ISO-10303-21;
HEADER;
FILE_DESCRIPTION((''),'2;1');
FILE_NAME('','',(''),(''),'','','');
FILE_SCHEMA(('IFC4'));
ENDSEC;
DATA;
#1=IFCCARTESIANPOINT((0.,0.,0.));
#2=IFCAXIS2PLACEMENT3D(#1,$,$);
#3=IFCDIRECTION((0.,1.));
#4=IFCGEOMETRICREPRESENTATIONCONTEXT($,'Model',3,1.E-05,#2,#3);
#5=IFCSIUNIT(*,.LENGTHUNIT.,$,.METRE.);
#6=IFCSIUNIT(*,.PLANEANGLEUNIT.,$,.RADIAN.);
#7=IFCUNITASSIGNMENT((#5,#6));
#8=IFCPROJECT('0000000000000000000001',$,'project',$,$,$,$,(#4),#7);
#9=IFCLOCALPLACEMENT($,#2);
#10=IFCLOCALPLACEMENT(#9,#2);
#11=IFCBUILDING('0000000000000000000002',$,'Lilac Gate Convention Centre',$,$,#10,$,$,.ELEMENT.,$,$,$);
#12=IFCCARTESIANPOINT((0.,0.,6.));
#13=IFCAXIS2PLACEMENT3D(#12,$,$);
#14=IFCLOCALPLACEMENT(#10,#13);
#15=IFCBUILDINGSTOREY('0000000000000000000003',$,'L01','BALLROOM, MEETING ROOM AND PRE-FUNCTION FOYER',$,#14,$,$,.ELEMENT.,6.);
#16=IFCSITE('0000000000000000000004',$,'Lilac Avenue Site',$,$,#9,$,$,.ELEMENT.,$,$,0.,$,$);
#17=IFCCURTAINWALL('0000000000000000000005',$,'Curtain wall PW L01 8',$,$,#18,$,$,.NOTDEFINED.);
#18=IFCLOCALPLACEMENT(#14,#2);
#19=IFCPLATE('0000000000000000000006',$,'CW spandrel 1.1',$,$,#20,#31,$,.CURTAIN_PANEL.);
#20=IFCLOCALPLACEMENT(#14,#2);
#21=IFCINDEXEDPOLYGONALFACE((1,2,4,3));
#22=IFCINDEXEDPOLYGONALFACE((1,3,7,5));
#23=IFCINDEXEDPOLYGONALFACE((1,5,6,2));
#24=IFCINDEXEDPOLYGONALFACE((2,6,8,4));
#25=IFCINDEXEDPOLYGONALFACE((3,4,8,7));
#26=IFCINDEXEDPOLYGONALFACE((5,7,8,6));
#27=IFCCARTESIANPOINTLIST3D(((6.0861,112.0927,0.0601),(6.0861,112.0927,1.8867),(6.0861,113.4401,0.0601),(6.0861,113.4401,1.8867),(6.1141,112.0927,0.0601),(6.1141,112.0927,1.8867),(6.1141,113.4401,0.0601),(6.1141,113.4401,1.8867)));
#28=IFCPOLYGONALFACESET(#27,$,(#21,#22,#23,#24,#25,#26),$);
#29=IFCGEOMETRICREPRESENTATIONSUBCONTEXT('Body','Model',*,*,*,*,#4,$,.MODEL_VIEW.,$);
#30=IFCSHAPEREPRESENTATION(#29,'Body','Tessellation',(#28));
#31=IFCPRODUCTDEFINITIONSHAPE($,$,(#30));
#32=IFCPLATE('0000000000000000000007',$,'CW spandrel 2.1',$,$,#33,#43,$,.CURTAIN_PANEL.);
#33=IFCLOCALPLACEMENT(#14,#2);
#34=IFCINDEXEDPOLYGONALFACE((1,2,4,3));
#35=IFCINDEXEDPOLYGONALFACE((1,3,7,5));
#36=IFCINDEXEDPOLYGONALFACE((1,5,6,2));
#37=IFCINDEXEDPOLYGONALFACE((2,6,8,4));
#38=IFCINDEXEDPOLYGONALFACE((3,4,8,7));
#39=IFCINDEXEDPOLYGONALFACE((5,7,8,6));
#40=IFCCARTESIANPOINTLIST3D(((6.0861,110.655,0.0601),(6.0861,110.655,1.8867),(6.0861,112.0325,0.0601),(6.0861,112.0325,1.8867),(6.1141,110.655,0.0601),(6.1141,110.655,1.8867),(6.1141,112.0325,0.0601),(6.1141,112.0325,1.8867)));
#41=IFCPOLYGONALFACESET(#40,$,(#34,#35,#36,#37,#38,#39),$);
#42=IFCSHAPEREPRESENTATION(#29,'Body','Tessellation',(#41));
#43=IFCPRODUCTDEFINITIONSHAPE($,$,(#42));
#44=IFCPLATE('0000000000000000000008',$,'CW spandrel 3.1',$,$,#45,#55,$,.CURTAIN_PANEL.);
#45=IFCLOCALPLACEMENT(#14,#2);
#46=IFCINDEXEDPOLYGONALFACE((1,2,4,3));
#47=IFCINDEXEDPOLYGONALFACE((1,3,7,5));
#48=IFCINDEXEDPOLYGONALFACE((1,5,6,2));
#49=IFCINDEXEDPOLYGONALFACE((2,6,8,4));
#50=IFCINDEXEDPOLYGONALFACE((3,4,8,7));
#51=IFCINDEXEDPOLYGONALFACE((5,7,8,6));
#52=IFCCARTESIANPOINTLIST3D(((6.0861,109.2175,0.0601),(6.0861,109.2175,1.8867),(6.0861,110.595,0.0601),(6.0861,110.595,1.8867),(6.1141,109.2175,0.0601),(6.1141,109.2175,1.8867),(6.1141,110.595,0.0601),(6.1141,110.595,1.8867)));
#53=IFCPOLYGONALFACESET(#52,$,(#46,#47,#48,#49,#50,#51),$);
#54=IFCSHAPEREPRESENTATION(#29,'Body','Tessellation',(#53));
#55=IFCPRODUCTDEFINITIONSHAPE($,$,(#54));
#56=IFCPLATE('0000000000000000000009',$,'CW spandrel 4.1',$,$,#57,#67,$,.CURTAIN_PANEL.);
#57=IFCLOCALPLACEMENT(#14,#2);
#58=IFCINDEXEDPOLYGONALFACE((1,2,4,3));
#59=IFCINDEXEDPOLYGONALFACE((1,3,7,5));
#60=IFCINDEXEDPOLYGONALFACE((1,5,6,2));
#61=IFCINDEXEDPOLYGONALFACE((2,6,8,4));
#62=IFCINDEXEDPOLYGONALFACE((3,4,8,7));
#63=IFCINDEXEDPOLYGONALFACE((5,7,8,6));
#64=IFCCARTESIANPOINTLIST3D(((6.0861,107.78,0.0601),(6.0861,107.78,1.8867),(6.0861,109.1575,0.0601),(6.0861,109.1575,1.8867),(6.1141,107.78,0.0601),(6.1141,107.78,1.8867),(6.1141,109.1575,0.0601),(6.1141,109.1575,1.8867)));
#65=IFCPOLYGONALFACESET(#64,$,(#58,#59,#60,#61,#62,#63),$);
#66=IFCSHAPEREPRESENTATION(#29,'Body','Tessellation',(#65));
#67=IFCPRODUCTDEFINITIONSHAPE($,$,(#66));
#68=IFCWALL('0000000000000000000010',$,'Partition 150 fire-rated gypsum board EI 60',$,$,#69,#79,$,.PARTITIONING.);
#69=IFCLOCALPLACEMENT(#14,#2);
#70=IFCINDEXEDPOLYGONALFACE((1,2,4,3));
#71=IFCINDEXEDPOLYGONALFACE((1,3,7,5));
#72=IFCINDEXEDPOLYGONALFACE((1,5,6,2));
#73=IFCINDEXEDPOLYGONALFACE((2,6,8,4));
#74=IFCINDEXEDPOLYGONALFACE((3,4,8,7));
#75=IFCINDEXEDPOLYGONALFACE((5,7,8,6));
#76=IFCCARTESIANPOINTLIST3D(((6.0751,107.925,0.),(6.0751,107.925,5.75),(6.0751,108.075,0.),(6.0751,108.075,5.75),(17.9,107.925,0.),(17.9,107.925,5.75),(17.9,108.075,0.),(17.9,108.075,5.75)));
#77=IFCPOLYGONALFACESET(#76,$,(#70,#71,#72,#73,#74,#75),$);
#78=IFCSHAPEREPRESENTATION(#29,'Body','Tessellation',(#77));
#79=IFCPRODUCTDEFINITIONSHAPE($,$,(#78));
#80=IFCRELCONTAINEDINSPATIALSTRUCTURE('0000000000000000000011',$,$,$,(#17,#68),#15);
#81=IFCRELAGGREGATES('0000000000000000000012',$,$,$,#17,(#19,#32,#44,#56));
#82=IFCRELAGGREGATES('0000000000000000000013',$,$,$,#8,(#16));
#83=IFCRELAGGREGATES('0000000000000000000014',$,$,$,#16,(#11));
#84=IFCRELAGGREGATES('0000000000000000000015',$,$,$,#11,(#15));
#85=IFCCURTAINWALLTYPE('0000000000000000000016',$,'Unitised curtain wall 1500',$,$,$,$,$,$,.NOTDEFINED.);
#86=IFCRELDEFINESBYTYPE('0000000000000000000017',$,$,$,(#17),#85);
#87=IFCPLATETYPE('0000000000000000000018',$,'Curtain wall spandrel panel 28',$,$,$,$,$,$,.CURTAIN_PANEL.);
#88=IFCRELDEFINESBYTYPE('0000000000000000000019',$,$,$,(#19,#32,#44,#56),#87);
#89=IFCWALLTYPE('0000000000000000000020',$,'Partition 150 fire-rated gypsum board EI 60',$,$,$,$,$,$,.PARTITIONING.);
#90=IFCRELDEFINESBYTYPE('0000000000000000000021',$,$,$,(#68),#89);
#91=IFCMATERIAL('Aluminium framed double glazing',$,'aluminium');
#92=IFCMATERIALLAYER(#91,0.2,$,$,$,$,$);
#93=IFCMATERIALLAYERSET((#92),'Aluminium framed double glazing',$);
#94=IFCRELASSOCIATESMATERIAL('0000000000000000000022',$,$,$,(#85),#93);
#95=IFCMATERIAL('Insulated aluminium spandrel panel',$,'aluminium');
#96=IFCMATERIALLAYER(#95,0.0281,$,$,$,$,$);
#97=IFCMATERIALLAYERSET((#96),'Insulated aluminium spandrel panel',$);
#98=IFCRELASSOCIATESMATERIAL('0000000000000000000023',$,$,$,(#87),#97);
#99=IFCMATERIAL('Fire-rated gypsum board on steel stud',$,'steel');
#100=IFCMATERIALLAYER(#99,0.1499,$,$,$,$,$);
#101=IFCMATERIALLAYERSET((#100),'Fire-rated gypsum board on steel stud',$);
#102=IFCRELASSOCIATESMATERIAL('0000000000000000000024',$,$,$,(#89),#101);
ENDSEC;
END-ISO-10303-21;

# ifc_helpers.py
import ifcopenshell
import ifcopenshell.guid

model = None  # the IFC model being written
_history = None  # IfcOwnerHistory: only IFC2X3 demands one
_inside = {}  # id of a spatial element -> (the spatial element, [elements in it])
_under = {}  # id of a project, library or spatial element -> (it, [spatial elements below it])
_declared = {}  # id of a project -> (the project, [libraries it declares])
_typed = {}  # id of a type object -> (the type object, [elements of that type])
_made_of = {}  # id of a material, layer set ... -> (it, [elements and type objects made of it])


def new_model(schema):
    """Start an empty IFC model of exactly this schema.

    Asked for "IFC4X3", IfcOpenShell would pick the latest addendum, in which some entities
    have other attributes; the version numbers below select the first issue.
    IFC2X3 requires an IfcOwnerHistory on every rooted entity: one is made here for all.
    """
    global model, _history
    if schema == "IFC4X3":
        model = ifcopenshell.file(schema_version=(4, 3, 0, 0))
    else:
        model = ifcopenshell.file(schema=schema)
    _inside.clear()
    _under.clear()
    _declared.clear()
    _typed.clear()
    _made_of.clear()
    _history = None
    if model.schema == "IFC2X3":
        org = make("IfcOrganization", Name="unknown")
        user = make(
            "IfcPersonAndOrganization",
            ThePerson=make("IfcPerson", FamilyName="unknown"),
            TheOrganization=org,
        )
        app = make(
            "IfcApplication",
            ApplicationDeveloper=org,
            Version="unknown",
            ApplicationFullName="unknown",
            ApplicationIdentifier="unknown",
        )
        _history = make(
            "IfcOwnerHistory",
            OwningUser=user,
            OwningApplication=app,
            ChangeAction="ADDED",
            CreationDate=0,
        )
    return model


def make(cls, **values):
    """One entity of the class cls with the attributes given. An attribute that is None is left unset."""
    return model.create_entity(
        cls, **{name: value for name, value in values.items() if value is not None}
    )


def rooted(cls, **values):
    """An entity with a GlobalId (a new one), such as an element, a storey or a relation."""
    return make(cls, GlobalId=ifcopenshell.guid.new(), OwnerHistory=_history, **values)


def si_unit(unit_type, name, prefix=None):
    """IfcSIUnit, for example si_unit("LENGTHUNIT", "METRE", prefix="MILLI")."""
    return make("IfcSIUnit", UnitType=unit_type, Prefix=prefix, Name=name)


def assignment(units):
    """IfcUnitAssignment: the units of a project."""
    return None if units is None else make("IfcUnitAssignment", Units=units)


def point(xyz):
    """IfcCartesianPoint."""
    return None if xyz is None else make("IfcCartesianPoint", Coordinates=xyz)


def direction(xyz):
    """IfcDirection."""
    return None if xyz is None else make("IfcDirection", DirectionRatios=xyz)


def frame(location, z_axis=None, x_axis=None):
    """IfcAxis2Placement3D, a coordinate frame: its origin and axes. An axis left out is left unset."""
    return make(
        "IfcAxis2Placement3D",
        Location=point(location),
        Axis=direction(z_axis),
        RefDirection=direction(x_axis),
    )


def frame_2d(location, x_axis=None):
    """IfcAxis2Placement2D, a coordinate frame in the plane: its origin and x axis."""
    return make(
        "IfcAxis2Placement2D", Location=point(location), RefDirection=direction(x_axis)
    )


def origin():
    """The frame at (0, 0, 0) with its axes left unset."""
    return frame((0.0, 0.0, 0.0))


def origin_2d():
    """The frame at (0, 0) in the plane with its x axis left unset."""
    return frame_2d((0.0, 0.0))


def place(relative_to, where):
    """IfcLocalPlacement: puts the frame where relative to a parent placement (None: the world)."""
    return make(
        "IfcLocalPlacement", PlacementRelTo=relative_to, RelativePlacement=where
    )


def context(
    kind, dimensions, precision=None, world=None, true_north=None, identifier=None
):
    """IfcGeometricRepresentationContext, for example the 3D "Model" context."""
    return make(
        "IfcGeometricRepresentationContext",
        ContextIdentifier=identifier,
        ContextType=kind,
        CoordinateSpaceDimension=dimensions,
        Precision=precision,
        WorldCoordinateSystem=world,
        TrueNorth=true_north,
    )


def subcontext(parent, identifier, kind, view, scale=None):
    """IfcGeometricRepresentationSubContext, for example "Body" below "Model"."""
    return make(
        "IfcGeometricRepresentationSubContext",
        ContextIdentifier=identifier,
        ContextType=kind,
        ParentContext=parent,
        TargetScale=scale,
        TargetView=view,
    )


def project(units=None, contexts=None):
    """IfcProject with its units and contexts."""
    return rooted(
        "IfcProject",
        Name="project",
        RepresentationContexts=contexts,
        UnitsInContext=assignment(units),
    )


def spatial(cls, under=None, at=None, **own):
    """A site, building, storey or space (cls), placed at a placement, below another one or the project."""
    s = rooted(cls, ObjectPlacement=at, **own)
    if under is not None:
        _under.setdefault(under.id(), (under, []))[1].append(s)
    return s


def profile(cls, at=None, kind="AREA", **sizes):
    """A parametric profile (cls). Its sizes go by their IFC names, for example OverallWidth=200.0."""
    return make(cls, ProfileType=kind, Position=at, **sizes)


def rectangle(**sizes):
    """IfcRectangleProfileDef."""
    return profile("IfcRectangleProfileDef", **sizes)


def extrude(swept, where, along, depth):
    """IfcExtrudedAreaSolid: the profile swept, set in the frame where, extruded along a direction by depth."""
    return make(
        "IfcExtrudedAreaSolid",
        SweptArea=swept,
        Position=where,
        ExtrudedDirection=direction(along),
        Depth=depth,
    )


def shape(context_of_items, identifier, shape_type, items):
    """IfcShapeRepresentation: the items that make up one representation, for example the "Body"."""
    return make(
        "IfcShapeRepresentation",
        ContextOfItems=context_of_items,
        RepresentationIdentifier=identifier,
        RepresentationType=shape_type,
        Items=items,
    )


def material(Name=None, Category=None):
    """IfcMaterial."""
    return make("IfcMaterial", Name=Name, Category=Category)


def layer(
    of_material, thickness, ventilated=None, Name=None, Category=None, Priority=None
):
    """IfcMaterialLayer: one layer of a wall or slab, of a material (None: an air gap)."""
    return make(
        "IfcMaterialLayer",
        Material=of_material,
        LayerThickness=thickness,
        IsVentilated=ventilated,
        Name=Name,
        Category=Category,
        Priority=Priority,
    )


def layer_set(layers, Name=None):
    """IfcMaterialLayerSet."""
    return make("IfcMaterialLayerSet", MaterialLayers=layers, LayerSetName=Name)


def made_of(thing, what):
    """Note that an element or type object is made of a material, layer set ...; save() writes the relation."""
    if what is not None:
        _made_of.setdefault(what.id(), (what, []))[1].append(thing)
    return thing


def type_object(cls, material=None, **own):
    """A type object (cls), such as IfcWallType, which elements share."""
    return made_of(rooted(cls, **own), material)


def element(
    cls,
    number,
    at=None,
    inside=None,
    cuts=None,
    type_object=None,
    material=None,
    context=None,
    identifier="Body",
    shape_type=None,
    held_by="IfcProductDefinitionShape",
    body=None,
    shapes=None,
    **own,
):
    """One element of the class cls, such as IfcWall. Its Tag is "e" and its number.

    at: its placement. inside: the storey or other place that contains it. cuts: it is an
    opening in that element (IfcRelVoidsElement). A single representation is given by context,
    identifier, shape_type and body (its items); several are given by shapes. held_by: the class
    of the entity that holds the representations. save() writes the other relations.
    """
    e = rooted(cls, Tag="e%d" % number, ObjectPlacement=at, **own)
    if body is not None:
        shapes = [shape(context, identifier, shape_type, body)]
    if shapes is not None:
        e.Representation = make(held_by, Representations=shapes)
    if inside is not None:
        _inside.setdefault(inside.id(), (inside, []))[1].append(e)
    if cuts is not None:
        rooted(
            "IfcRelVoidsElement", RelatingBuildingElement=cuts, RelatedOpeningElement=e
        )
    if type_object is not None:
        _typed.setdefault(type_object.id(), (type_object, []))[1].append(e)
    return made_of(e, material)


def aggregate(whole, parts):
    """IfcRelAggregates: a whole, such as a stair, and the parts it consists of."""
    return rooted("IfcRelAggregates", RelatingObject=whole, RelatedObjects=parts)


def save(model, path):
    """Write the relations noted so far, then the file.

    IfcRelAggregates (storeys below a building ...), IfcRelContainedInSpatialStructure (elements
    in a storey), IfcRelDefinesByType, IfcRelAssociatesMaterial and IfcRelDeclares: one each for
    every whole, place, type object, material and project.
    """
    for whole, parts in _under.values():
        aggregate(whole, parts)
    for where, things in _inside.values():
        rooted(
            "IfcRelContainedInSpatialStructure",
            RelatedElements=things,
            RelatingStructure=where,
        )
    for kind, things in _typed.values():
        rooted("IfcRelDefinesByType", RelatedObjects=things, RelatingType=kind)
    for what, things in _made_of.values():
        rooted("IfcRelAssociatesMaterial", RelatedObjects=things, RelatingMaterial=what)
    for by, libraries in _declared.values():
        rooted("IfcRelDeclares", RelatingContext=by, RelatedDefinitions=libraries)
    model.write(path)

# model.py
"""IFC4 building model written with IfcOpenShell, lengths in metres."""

from ifc_helpers import new_model, si_unit, direction, frame, frame_2d, origin, origin_2d, place, context, subcontext, project, spatial, rectangle, extrude, material, layer, layer_set, type_object, element, aggregate, save


model = new_model("IFC4")

# Units and contexts
model_context = context("Model", 3, precision=1e-05, world=origin(), true_north=direction((0.0, 1.0)))
body_context = subcontext(model_context, "Body", "Model", "MODEL_VIEW")
ifc_project = project(units=[si_unit("LENGTHUNIT", "METRE"), si_unit("PLANEANGLEUNIT", "RADIAN")], contexts=[model_context])

# Site, building, storey
site_placement = place(None, origin())
site = spatial("IfcSite", under=ifc_project, at=site_placement, Name="Lilac Avenue Site", CompositionType="ELEMENT", RefElevation=0.0)
building_placement = place(site_placement, origin())
building = spatial("IfcBuilding", under=site, at=building_placement, Name="Lilac Gate Convention Centre", CompositionType="ELEMENT")
storey_placement = place(building_placement, frame((0.0, 0.0, 6.0)))
storey = spatial("IfcBuildingStorey", under=building, at=storey_placement, Name="L01", Description="BALLROOM, MEETING ROOM AND PRE-FUNCTION FOYER", CompositionType="ELEMENT", Elevation=6.0)

# Curtain wall, plates
ifc_material_1 = material(Name="Aluminium framed double glazing", Category="aluminium")
ifc_layer_1 = layer(ifc_material_1, 0.2)
ifc_layer_set_1 = layer_set([ifc_layer_1], Name="Aluminium framed double glazing")
curtain_wall_type = type_object("IfcCurtainWallType", Name="Unitised curtain wall 1500", PredefinedType="NOTDEFINED", material=ifc_layer_set_1)
curtain_wall_placement = place(storey_placement, origin())
curtain_wall = element("IfcCurtainWall", 1, at=curtain_wall_placement, inside=storey, type_object=curtain_wall_type, Name="Curtain wall PW L01 8", PredefinedType="NOTDEFINED")
ifc_material_2 = material(Name="Insulated aluminium spandrel panel", Category="aluminium")
ifc_layer_2 = layer(ifc_material_2, 0.0281)
ifc_layer_set_2 = layer_set([ifc_layer_2], Name="Insulated aluminium spandrel panel")
plate_type_1 = type_object("IfcPlateType", Name="Curtain wall spandrel panel 28", PredefinedType="CURTAIN_PANEL", material=ifc_layer_set_2)
plate_1_placement = place(storey_placement, frame((6.1001, 112.7664, 0.0601), z_axis=(0.0, 0.0, 1.0), x_axis=(0.0, -1.0, 0.0)))
plate_1 = element("IfcPlate", 2, at=plate_1_placement, type_object=plate_type_1, Name="CW spandrel 1.1", PredefinedType="CURTAIN_PANEL", context=body_context, shape_type="SweptSolid", body=[
    extrude(rectangle(XDim=1.3474, YDim=0.0281, at=origin_2d()), origin(), (0.0, 0.0, 1.0), 1.8267),
])
plate_2_placement = place(storey_placement, frame((6.1001, 111.3438, 0.0601), z_axis=(0.0, 0.0, 1.0), x_axis=(0.0, -1.0, 0.0)))
plate_2 = element("IfcPlate", 3, at=plate_2_placement, type_object=plate_type_1, Name="CW spandrel 2.1", PredefinedType="CURTAIN_PANEL", context=body_context, shape_type="SweptSolid", body=[
    extrude(rectangle(XDim=1.3774, YDim=0.0281, at=origin_2d()), origin(), (0.0, 0.0, 1.0), 1.8267),
])
plate_3_placement = place(storey_placement, frame((6.1001, 109.9062, 0.0601), z_axis=(0.0, 0.0, 1.0), x_axis=(0.0, -1.0, 0.0)))
plate_3 = element("IfcPlate", 4, at=plate_3_placement, type_object=plate_type_1, Name="CW spandrel 3.1", PredefinedType="CURTAIN_PANEL", context=body_context, shape_type="SweptSolid", body=[
    extrude(rectangle(XDim=1.3774, YDim=0.0281, at=origin_2d()), origin(), (0.0, 0.0, 1.0), 1.8267),
])
plate_4_placement = place(storey_placement, frame((6.1001, 108.4688, 0.0601), z_axis=(0.0, 0.0, 1.0), x_axis=(0.0, -1.0, 0.0)))
plate_4 = element("IfcPlate", 5, at=plate_4_placement, type_object=plate_type_1, Name="CW spandrel 4.1", PredefinedType="CURTAIN_PANEL", context=body_context, shape_type="SweptSolid", body=[
    extrude(rectangle(XDim=1.3774, YDim=0.0281, at=origin_2d()), origin(), (0.0, 0.0, 1.0), 1.8267),
])
aggregate(curtain_wall, [plate_1, plate_2, plate_3, plate_4])

# Wall
ifc_material_3 = material(Name="Fire-rated gypsum board on steel stud", Category="steel")
ifc_layer_3 = layer(ifc_material_3, 0.1499)
ifc_layer_set_3 = layer_set([ifc_layer_3], Name="Fire-rated gypsum board on steel stud")
wall_type = type_object("IfcWallType", Name="Partition 150 fire-rated gypsum board EI 60", PredefinedType="PARTITIONING", material=ifc_layer_set_3)
wall_placement = place(storey_placement, frame((6.075, 108.0, 0.0), z_axis=(0.0, 0.0, 1.0), x_axis=(1.0, 0.0, 0.0)))
element("IfcWall", 6, at=wall_placement, inside=storey, type_object=wall_type, Name="Partition 150 fire-rated gypsum board EI 60", PredefinedType="PARTITIONING", context=body_context, shape_type="SweptSolid", body=[
    extrude(rectangle(XDim=11.825, YDim=0.1499, at=frame_2d((5.9126, 0.0))), origin(), (0.0, 0.0, 1.0), 5.75),
])

save(model, "model.ifc")
